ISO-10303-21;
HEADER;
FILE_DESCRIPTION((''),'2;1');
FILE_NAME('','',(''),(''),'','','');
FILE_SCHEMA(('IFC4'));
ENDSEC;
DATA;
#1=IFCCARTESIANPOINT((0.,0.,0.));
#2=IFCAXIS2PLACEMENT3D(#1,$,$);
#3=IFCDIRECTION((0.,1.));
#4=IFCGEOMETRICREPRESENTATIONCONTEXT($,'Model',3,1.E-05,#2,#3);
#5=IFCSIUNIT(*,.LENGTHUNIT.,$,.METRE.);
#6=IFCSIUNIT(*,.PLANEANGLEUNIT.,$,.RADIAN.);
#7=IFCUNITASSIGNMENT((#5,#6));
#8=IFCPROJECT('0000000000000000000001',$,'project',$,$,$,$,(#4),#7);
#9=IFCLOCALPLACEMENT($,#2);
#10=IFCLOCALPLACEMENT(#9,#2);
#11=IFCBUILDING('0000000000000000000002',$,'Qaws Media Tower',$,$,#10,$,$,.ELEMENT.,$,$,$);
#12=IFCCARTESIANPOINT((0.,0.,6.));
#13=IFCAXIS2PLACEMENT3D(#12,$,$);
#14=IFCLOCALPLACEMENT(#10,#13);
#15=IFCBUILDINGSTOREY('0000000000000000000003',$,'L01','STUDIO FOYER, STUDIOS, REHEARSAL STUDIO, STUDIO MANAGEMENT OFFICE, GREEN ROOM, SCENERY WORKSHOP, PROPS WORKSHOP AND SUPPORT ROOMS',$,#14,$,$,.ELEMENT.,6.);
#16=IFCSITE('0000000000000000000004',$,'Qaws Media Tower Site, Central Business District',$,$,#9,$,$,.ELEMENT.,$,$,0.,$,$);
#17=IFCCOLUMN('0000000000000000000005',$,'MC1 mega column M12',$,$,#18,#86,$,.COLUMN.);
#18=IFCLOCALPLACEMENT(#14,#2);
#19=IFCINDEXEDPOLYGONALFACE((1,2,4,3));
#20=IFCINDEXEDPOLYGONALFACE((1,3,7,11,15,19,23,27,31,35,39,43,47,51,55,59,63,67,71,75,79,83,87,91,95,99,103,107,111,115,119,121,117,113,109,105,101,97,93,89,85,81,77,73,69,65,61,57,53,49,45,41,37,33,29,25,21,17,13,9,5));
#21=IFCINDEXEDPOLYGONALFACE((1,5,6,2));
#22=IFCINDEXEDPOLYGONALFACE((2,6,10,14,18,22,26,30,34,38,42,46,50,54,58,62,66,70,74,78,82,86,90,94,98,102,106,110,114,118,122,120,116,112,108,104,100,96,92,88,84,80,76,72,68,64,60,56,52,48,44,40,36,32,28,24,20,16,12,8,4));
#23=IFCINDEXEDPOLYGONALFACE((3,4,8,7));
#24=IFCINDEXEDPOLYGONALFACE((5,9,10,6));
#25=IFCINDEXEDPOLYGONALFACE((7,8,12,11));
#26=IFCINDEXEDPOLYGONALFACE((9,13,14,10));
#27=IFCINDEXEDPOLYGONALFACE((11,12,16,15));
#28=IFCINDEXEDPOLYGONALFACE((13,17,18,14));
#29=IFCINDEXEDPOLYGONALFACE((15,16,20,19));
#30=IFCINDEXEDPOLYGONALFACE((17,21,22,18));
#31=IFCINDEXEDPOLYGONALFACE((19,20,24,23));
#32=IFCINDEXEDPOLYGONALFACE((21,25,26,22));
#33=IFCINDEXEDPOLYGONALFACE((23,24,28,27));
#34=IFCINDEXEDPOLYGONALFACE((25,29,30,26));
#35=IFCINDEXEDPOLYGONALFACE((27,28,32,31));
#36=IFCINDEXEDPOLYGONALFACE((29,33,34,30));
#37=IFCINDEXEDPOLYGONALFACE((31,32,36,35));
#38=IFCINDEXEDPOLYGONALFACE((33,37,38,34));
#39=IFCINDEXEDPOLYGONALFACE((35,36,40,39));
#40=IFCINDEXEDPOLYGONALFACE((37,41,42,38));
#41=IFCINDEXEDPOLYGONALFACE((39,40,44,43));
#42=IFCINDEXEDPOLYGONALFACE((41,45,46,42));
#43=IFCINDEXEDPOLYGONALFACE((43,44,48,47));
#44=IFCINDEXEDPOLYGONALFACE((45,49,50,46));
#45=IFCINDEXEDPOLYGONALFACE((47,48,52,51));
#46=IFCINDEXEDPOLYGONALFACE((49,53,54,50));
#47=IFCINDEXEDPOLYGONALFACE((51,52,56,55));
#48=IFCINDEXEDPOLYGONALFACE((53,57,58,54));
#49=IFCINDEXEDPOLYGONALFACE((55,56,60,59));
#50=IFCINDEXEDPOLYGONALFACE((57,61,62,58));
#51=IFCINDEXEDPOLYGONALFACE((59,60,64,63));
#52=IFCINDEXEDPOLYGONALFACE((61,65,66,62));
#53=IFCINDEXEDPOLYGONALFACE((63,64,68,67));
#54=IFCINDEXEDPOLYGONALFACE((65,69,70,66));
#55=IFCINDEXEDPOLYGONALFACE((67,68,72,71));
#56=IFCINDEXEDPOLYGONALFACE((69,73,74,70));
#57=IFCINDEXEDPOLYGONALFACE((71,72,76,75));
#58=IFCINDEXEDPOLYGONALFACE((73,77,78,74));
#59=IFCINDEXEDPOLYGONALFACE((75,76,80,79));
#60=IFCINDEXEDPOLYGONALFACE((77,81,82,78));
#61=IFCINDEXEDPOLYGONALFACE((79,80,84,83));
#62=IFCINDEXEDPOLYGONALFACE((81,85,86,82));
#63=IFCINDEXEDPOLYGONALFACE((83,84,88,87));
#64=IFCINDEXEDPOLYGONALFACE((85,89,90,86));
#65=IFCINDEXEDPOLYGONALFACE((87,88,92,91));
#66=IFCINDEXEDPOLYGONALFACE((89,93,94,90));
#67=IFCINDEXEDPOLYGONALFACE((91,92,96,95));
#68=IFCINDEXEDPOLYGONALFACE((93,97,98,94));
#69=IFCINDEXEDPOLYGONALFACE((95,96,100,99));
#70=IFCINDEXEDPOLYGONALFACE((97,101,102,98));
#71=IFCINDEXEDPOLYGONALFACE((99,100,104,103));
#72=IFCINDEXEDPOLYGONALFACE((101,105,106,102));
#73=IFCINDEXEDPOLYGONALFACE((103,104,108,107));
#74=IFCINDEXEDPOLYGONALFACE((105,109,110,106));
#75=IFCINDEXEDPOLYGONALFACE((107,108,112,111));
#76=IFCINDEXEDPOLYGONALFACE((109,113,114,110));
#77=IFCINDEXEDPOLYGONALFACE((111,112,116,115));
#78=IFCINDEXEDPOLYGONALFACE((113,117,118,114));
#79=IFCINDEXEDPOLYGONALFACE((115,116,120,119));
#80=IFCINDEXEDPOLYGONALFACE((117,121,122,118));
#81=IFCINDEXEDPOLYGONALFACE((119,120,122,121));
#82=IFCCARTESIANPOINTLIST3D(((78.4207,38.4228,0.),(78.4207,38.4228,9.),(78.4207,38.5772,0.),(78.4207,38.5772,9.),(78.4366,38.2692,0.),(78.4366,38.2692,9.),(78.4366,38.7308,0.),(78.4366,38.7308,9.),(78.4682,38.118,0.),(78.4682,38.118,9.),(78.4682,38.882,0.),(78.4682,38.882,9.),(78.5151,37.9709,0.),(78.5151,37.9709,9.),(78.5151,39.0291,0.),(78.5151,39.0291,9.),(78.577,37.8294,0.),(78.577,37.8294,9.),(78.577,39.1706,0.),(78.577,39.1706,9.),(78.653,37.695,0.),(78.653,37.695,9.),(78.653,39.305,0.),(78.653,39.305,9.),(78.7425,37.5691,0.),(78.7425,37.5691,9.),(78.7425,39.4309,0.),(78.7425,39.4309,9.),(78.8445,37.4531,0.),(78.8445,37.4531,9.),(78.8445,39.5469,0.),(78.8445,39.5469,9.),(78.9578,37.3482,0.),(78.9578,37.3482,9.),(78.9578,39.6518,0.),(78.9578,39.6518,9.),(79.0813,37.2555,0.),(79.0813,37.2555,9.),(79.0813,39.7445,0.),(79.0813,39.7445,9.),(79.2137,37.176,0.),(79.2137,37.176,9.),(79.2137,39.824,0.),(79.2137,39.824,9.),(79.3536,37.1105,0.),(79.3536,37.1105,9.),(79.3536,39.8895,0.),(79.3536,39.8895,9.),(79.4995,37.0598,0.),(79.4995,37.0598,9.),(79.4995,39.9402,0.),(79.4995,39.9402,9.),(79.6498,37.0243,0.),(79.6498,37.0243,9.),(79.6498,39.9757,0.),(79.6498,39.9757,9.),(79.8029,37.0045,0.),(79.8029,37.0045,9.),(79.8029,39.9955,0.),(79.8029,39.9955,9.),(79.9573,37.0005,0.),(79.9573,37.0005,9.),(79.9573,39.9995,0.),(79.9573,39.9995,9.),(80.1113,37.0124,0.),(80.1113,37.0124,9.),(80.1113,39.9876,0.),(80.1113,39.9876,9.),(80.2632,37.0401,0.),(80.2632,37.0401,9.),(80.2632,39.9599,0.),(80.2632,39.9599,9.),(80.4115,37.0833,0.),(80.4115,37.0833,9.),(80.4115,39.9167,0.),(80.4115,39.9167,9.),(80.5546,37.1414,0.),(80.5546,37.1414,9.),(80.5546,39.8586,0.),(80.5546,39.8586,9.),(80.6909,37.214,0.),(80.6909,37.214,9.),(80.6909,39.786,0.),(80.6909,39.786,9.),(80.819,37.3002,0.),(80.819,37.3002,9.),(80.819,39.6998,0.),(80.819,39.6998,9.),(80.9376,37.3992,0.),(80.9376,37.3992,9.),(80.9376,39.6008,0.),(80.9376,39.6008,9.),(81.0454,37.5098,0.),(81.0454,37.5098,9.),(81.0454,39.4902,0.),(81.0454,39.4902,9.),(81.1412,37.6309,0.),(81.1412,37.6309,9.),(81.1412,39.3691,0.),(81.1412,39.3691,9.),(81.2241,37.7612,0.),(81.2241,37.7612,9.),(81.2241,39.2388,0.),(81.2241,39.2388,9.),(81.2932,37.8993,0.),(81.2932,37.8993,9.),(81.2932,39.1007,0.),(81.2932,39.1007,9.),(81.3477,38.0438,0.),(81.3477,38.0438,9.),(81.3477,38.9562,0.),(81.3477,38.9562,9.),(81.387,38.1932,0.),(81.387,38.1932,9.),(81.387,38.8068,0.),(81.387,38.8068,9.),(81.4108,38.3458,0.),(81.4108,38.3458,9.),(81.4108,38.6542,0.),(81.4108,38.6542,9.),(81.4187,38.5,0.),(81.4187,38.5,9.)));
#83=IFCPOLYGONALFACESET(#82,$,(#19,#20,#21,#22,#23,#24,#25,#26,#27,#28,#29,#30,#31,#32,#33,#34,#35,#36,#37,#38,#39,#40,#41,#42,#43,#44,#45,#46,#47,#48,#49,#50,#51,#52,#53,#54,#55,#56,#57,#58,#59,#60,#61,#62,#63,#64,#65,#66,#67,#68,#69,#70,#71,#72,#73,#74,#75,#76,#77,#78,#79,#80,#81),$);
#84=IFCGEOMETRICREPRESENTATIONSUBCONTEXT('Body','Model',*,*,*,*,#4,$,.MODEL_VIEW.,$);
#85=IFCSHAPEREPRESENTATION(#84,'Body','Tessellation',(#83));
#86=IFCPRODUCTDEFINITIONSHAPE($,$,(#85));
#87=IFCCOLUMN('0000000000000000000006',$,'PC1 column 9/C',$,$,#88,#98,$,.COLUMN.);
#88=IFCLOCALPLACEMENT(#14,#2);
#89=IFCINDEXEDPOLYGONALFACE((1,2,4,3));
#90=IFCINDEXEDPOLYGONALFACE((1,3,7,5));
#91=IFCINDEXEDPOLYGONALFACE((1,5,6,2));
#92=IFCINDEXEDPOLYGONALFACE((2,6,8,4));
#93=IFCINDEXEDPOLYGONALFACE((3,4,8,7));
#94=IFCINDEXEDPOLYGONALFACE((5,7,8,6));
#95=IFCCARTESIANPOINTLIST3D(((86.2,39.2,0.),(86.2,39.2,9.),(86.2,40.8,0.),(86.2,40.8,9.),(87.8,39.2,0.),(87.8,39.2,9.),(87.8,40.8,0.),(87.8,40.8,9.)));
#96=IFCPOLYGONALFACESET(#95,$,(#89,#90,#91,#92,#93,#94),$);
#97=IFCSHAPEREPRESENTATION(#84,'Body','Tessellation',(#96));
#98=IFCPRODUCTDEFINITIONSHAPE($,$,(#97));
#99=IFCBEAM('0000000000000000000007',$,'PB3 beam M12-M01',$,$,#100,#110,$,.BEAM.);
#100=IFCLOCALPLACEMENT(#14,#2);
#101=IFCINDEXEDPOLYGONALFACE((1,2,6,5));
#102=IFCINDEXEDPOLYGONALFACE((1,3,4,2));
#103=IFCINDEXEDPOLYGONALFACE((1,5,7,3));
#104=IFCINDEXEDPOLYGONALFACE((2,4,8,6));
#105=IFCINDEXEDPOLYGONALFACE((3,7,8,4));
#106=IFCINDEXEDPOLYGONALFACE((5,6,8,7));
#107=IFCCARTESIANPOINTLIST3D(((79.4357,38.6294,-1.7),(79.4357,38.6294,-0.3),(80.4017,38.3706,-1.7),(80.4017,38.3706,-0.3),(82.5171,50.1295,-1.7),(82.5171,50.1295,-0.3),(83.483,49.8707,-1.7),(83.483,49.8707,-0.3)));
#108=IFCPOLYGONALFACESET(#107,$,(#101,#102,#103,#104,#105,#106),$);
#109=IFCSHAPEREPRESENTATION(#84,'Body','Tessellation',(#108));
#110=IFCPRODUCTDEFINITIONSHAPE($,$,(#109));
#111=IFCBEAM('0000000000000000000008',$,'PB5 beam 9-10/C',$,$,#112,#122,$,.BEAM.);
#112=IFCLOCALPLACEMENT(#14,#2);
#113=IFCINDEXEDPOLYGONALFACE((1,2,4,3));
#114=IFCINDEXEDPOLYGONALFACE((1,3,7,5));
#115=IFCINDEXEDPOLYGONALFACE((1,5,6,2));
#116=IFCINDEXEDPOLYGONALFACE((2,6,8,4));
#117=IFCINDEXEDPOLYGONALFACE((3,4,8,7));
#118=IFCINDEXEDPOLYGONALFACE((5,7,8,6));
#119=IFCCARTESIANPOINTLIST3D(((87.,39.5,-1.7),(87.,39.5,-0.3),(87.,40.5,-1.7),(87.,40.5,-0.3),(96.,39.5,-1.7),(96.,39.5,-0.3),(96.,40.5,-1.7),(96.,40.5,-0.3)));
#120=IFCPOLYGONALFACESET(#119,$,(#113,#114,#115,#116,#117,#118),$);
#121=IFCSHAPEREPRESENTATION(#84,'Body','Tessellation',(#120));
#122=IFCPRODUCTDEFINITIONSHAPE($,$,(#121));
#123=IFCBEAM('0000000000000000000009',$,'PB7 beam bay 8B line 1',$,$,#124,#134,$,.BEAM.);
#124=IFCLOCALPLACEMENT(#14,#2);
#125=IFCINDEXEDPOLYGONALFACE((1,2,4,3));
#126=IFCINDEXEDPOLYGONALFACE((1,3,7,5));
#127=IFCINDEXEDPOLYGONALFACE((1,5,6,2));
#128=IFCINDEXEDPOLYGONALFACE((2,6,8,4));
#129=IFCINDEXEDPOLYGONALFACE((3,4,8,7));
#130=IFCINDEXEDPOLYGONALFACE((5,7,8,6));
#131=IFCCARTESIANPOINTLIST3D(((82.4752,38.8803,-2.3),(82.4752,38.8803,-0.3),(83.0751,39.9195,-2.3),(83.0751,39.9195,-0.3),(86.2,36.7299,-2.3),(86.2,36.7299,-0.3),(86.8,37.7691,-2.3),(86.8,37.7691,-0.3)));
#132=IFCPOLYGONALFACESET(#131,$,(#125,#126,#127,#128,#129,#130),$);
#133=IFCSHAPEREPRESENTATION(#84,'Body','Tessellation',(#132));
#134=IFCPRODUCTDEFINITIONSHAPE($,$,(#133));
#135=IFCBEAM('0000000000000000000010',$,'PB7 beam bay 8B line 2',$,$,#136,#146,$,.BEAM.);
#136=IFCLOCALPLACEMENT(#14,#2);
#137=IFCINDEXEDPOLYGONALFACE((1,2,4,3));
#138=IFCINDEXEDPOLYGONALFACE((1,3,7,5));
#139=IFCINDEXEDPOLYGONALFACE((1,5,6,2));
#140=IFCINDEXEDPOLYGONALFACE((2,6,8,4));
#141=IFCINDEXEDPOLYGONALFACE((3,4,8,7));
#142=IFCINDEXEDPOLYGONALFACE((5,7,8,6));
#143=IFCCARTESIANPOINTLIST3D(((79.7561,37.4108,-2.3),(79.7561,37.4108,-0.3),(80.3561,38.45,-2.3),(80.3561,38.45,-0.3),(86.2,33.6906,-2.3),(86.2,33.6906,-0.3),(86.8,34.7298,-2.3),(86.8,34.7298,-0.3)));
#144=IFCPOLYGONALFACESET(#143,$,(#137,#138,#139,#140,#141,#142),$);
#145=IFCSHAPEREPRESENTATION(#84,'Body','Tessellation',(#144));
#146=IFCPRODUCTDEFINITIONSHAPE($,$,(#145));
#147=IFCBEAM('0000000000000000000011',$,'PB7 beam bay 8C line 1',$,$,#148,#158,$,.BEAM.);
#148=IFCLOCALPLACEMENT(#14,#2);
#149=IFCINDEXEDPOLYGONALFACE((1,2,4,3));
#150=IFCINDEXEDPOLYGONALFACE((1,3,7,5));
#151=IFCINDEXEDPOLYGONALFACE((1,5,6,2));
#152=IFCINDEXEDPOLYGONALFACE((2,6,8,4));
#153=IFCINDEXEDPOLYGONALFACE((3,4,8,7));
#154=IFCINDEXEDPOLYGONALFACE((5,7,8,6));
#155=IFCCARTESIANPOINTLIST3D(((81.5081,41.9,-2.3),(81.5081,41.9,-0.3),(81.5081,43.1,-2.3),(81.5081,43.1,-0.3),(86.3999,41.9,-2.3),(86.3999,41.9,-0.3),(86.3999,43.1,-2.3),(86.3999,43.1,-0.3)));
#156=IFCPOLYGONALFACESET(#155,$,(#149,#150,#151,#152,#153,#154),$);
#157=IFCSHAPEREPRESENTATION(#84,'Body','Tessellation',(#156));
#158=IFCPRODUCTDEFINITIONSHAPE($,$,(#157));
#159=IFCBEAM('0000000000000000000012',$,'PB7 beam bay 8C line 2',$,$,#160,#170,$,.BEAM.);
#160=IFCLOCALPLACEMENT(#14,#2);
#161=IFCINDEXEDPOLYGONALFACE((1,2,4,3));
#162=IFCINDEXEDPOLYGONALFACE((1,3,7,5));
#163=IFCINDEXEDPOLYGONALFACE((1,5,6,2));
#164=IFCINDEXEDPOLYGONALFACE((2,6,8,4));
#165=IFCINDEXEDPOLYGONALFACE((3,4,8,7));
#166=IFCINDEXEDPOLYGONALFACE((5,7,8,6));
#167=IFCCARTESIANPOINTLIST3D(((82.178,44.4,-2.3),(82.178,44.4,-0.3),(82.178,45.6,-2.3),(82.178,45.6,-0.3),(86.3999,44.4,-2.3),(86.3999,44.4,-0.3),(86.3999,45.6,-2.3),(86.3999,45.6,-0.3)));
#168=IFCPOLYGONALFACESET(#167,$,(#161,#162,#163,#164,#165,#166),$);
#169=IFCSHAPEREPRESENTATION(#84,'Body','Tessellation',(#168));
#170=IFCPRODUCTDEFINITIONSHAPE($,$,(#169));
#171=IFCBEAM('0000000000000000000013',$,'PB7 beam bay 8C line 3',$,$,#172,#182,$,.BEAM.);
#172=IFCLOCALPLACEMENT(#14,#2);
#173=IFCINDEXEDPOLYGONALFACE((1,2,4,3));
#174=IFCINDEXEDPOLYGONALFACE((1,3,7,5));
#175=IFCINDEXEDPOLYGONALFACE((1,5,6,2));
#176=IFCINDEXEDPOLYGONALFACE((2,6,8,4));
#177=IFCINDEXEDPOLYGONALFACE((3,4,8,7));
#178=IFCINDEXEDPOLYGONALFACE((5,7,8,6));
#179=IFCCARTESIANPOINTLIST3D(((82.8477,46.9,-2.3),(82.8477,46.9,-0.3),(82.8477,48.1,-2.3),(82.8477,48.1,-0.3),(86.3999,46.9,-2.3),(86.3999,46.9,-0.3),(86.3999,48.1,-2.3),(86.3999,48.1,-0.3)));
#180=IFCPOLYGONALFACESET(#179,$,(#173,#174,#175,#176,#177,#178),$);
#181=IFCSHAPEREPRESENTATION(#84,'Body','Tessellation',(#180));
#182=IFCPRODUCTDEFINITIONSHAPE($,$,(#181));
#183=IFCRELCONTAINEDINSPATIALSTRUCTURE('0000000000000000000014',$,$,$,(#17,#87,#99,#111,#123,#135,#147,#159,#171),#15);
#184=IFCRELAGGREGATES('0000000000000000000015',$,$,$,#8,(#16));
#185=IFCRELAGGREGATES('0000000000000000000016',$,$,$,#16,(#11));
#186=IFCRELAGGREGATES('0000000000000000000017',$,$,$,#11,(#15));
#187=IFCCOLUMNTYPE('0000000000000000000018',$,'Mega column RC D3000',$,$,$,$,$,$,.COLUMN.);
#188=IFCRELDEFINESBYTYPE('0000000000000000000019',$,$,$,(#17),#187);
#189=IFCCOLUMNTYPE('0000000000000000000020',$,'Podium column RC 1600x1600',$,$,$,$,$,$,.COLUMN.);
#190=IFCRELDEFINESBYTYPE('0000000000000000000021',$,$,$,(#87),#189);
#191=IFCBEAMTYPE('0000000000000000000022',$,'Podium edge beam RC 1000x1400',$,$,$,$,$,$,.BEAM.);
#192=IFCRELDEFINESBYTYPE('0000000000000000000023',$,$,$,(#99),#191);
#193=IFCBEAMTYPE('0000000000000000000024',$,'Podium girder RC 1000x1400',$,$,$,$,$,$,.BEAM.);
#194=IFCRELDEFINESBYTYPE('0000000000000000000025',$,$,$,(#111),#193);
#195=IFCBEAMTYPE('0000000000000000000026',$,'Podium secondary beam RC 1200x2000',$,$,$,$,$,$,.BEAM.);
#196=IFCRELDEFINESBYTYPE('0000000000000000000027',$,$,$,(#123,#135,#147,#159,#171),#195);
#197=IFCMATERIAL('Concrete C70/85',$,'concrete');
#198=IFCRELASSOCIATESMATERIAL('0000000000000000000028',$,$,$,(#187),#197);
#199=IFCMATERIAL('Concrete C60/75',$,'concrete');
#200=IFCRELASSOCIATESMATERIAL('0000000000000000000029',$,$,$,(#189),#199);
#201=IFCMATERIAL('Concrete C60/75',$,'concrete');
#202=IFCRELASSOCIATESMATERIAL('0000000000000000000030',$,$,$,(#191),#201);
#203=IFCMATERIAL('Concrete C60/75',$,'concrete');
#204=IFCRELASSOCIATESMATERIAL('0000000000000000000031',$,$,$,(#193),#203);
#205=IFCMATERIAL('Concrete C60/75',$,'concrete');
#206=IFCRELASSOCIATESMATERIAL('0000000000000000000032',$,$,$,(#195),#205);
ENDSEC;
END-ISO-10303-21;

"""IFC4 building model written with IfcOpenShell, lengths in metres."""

from ifc_helpers import new_model, si_unit, direction, frame, origin, origin_2d, place, context, subcontext, project, spatial, rectangle, circle, extrude, material, material_profile, profile_set, type_object, element, save


model = new_model("IFC4")

# Units and contexts
model_context = context("Model", 3, precision=1e-05, world=origin(), true_north=direction((0.0, 1.0)))
body_context = subcontext(model_context, "Body", "Model", "MODEL_VIEW")
ifc_project = project(units=[si_unit("LENGTHUNIT", "METRE"), si_unit("PLANEANGLEUNIT", "RADIAN")], contexts=[model_context])

# Site, building, storey
site_placement = place(None, origin())
site = spatial("IfcSite", under=ifc_project, at=site_placement, Name="Qaws Media Tower Site, Central Business District", CompositionType="ELEMENT", RefElevation=0.0)
building_placement = place(site_placement, origin())
building = spatial("IfcBuilding", under=site, at=building_placement, Name="Qaws Media Tower", CompositionType="ELEMENT")
storey_placement = place(building_placement, frame((0.0, 0.0, 6.0)))
storey = spatial("IfcBuildingStorey", under=building, at=storey_placement, Name="L01", Description="STUDIO FOYER, STUDIOS, REHEARSAL STUDIO, STUDIO MANAGEMENT OFFICE, GREEN ROOM, SCENERY WORKSHOP, PROPS WORKSHOP AND SUPPORT ROOMS", CompositionType="ELEMENT", Elevation=6.0)

# Columns
ifc_material_1 = material(Name="Concrete C70/85", Category="concrete")
ifc_material_profile_1 = material_profile(ifc_material_1, circle(Radius=1.5, at=origin_2d()), Name="RC D3000")
ifc_profile_set_1 = profile_set([ifc_material_profile_1], Name="Concrete C70/85")
column_type_1 = type_object("IfcColumnType", Name="Mega column RC D3000", PredefinedType="COLUMN", material=ifc_profile_set_1)
column_1_placement = place(storey_placement, frame((79.9187, 38.5, 0.0), z_axis=(0.0, 0.0, 1.0), x_axis=(1.0, 0.0, 0.0)))
element("IfcColumn", 1, at=column_1_placement, inside=storey, type_object=column_type_1, Name="MC1 mega column M12", PredefinedType="COLUMN", context=body_context, shape_type="SweptSolid", body=[
    extrude(circle(Radius=1.5, at=origin_2d()), origin(), (0.0, 0.0, 1.0), 9.0),
])
ifc_material_2 = material(Name="Concrete C60/75", Category="concrete")
ifc_material_profile_2 = material_profile(ifc_material_2, rectangle(XDim=1.6001, YDim=1.6001, at=origin_2d()), Name="RC 1600x1600")
ifc_profile_set_2 = profile_set([ifc_material_profile_2], Name="Concrete C60/75")
column_type_2 = type_object("IfcColumnType", Name="Podium column RC 1600x1600", PredefinedType="COLUMN", material=ifc_profile_set_2)
column_2_placement = place(storey_placement, frame((87.0, 40.0, 0.0), z_axis=(0.0, 0.0, 1.0), x_axis=(1.0, 0.0, 0.0)))
element("IfcColumn", 2, at=column_2_placement, inside=storey, type_object=column_type_2, Name="PC1 column 9/C", PredefinedType="COLUMN", context=body_context, shape_type="SweptSolid", body=[
    extrude(rectangle(XDim=1.6001, YDim=1.6001, at=origin_2d()), origin(), (0.0, 0.0, 1.0), 9.0),
])

# Beams
ifc_material_3 = material(Name="Concrete C60/75", Category="concrete")
ifc_material_profile_3 = material_profile(ifc_material_3, rectangle(XDim=1.0, YDim=1.3999, at=origin_2d()), Name="RC 1000x1400")
ifc_profile_set_3 = profile_set([ifc_material_profile_3], Name="Concrete C60/75")
beam_type_1 = type_object("IfcBeamType", Name="Podium edge beam RC 1000x1400", PredefinedType="BEAM", material=ifc_profile_set_3)
beam_1_placement = place(storey_placement, frame((79.9187, 38.5, -1.0), z_axis=(0.25881, 0.965928, 0.0), x_axis=(-0.965928, 0.25881, 0.0)))
element("IfcBeam", 3, at=beam_1_placement, inside=storey, type_object=beam_type_1, Name="PB3 beam M12-M01", PredefinedType="BEAM", context=body_context, shape_type="SweptSolid", body=[
    extrude(rectangle(XDim=1.0, YDim=1.3999, at=origin_2d()), origin(), (0.0, 0.0, 1.0), 11.9058),
])
ifc_material_4 = material(Name="Concrete C60/75", Category="concrete")
ifc_material_profile_4 = material_profile(ifc_material_4, rectangle(XDim=1.0, YDim=1.3999, at=origin_2d()), Name="RC 1000x1400")
ifc_profile_set_4 = profile_set([ifc_material_profile_4], Name="Concrete C60/75")
beam_type_2 = type_object("IfcBeamType", Name="Podium girder RC 1000x1400", PredefinedType="BEAM", material=ifc_profile_set_4)
beam_2_placement = place(storey_placement, frame((87.0, 40.0, -1.0), z_axis=(1.0, 0.0, 0.0), x_axis=(0.0, 1.0, 0.0)))
element("IfcBeam", 4, at=beam_2_placement, inside=storey, type_object=beam_type_2, Name="PB5 beam 9-10/C", PredefinedType="BEAM", context=body_context, shape_type="SweptSolid", body=[
    extrude(rectangle(XDim=1.0, YDim=1.3999, at=origin_2d()), origin(), (0.0, 0.0, 1.0), 9.0),
])
ifc_material_5 = material(Name="Concrete C60/75", Category="concrete")
ifc_material_profile_5 = material_profile(ifc_material_5, rectangle(XDim=1.2, YDim=2.0, at=origin_2d()), Name="RC 1200x2000")
ifc_profile_set_5 = profile_set([ifc_material_profile_5], Name="Concrete C60/75")
beam_type_3 = type_object("IfcBeamType", Name="Podium secondary beam RC 1200x2000", PredefinedType="BEAM", material=ifc_profile_set_5)
beam_3_placement = place(storey_placement, frame((86.5, 37.2495, -1.3), z_axis=(-0.866041, 0.499973, 0.0), x_axis=(-0.499973, -0.866041, 0.0)))
element("IfcBeam", 5, at=beam_3_placement, inside=storey, type_object=beam_type_3, Name="PB7 beam bay 8B line 1", PredefinedType="BEAM", context=body_context, shape_type="SweptSolid", body=[
    extrude(rectangle(XDim=1.2, YDim=2.0, at=origin_2d()), origin(), (0.0, 0.0, 1.0), 4.301),
])
beam_4_placement = place(storey_placement, frame((86.5, 34.2102, -1.3), z_axis=(-0.866034, 0.499986, 0.0), x_axis=(-0.499986, -0.866034, 0.0)))
element("IfcBeam", 6, at=beam_4_placement, inside=storey, type_object=beam_type_3, Name="PB7 beam bay 8B line 2", PredefinedType="BEAM", context=body_context, shape_type="SweptSolid", body=[
    extrude(rectangle(XDim=1.2, YDim=2.0, at=origin_2d()), origin(), (0.0, 0.0, 1.0), 7.4407),
])
beam_5_placement = place(storey_placement, frame((81.5081, 42.5, -1.3), z_axis=(1.0, 0.0, 0.0), x_axis=(0.0, 1.0, 0.0)))
element("IfcBeam", 7, at=beam_5_placement, inside=storey, type_object=beam_type_3, Name="PB7 beam bay 8C line 1", PredefinedType="BEAM", context=body_context, shape_type="SweptSolid", body=[
    extrude(rectangle(XDim=1.2, YDim=2.0, at=origin_2d()), origin(), (0.0, 0.0, 1.0), 4.8918),
])
beam_6_placement = place(storey_placement, frame((82.178, 45.0, -1.3), z_axis=(1.0, 0.0, 0.0), x_axis=(0.0, 1.0, 0.0)))
element("IfcBeam", 8, at=beam_6_placement, inside=storey, type_object=beam_type_3, Name="PB7 beam bay 8C line 2", PredefinedType="BEAM", context=body_context, shape_type="SweptSolid", body=[
    extrude(rectangle(XDim=1.2, YDim=2.0, at=origin_2d()), origin(), (0.0, 0.0, 1.0), 4.2219),
])
beam_7_placement = place(storey_placement, frame((82.8477, 47.5, -1.3), z_axis=(1.0, 0.0, 0.0), x_axis=(0.0, 1.0, 0.0)))
element("IfcBeam", 9, at=beam_7_placement, inside=storey, type_object=beam_type_3, Name="PB7 beam bay 8C line 3", PredefinedType="BEAM", context=body_context, shape_type="SweptSolid", body=[
    extrude(rectangle(XDim=1.2, YDim=2.0, at=origin_2d()), origin(), (0.0, 0.0, 1.0), 3.5522),
])

save(model, "model.ifc")
